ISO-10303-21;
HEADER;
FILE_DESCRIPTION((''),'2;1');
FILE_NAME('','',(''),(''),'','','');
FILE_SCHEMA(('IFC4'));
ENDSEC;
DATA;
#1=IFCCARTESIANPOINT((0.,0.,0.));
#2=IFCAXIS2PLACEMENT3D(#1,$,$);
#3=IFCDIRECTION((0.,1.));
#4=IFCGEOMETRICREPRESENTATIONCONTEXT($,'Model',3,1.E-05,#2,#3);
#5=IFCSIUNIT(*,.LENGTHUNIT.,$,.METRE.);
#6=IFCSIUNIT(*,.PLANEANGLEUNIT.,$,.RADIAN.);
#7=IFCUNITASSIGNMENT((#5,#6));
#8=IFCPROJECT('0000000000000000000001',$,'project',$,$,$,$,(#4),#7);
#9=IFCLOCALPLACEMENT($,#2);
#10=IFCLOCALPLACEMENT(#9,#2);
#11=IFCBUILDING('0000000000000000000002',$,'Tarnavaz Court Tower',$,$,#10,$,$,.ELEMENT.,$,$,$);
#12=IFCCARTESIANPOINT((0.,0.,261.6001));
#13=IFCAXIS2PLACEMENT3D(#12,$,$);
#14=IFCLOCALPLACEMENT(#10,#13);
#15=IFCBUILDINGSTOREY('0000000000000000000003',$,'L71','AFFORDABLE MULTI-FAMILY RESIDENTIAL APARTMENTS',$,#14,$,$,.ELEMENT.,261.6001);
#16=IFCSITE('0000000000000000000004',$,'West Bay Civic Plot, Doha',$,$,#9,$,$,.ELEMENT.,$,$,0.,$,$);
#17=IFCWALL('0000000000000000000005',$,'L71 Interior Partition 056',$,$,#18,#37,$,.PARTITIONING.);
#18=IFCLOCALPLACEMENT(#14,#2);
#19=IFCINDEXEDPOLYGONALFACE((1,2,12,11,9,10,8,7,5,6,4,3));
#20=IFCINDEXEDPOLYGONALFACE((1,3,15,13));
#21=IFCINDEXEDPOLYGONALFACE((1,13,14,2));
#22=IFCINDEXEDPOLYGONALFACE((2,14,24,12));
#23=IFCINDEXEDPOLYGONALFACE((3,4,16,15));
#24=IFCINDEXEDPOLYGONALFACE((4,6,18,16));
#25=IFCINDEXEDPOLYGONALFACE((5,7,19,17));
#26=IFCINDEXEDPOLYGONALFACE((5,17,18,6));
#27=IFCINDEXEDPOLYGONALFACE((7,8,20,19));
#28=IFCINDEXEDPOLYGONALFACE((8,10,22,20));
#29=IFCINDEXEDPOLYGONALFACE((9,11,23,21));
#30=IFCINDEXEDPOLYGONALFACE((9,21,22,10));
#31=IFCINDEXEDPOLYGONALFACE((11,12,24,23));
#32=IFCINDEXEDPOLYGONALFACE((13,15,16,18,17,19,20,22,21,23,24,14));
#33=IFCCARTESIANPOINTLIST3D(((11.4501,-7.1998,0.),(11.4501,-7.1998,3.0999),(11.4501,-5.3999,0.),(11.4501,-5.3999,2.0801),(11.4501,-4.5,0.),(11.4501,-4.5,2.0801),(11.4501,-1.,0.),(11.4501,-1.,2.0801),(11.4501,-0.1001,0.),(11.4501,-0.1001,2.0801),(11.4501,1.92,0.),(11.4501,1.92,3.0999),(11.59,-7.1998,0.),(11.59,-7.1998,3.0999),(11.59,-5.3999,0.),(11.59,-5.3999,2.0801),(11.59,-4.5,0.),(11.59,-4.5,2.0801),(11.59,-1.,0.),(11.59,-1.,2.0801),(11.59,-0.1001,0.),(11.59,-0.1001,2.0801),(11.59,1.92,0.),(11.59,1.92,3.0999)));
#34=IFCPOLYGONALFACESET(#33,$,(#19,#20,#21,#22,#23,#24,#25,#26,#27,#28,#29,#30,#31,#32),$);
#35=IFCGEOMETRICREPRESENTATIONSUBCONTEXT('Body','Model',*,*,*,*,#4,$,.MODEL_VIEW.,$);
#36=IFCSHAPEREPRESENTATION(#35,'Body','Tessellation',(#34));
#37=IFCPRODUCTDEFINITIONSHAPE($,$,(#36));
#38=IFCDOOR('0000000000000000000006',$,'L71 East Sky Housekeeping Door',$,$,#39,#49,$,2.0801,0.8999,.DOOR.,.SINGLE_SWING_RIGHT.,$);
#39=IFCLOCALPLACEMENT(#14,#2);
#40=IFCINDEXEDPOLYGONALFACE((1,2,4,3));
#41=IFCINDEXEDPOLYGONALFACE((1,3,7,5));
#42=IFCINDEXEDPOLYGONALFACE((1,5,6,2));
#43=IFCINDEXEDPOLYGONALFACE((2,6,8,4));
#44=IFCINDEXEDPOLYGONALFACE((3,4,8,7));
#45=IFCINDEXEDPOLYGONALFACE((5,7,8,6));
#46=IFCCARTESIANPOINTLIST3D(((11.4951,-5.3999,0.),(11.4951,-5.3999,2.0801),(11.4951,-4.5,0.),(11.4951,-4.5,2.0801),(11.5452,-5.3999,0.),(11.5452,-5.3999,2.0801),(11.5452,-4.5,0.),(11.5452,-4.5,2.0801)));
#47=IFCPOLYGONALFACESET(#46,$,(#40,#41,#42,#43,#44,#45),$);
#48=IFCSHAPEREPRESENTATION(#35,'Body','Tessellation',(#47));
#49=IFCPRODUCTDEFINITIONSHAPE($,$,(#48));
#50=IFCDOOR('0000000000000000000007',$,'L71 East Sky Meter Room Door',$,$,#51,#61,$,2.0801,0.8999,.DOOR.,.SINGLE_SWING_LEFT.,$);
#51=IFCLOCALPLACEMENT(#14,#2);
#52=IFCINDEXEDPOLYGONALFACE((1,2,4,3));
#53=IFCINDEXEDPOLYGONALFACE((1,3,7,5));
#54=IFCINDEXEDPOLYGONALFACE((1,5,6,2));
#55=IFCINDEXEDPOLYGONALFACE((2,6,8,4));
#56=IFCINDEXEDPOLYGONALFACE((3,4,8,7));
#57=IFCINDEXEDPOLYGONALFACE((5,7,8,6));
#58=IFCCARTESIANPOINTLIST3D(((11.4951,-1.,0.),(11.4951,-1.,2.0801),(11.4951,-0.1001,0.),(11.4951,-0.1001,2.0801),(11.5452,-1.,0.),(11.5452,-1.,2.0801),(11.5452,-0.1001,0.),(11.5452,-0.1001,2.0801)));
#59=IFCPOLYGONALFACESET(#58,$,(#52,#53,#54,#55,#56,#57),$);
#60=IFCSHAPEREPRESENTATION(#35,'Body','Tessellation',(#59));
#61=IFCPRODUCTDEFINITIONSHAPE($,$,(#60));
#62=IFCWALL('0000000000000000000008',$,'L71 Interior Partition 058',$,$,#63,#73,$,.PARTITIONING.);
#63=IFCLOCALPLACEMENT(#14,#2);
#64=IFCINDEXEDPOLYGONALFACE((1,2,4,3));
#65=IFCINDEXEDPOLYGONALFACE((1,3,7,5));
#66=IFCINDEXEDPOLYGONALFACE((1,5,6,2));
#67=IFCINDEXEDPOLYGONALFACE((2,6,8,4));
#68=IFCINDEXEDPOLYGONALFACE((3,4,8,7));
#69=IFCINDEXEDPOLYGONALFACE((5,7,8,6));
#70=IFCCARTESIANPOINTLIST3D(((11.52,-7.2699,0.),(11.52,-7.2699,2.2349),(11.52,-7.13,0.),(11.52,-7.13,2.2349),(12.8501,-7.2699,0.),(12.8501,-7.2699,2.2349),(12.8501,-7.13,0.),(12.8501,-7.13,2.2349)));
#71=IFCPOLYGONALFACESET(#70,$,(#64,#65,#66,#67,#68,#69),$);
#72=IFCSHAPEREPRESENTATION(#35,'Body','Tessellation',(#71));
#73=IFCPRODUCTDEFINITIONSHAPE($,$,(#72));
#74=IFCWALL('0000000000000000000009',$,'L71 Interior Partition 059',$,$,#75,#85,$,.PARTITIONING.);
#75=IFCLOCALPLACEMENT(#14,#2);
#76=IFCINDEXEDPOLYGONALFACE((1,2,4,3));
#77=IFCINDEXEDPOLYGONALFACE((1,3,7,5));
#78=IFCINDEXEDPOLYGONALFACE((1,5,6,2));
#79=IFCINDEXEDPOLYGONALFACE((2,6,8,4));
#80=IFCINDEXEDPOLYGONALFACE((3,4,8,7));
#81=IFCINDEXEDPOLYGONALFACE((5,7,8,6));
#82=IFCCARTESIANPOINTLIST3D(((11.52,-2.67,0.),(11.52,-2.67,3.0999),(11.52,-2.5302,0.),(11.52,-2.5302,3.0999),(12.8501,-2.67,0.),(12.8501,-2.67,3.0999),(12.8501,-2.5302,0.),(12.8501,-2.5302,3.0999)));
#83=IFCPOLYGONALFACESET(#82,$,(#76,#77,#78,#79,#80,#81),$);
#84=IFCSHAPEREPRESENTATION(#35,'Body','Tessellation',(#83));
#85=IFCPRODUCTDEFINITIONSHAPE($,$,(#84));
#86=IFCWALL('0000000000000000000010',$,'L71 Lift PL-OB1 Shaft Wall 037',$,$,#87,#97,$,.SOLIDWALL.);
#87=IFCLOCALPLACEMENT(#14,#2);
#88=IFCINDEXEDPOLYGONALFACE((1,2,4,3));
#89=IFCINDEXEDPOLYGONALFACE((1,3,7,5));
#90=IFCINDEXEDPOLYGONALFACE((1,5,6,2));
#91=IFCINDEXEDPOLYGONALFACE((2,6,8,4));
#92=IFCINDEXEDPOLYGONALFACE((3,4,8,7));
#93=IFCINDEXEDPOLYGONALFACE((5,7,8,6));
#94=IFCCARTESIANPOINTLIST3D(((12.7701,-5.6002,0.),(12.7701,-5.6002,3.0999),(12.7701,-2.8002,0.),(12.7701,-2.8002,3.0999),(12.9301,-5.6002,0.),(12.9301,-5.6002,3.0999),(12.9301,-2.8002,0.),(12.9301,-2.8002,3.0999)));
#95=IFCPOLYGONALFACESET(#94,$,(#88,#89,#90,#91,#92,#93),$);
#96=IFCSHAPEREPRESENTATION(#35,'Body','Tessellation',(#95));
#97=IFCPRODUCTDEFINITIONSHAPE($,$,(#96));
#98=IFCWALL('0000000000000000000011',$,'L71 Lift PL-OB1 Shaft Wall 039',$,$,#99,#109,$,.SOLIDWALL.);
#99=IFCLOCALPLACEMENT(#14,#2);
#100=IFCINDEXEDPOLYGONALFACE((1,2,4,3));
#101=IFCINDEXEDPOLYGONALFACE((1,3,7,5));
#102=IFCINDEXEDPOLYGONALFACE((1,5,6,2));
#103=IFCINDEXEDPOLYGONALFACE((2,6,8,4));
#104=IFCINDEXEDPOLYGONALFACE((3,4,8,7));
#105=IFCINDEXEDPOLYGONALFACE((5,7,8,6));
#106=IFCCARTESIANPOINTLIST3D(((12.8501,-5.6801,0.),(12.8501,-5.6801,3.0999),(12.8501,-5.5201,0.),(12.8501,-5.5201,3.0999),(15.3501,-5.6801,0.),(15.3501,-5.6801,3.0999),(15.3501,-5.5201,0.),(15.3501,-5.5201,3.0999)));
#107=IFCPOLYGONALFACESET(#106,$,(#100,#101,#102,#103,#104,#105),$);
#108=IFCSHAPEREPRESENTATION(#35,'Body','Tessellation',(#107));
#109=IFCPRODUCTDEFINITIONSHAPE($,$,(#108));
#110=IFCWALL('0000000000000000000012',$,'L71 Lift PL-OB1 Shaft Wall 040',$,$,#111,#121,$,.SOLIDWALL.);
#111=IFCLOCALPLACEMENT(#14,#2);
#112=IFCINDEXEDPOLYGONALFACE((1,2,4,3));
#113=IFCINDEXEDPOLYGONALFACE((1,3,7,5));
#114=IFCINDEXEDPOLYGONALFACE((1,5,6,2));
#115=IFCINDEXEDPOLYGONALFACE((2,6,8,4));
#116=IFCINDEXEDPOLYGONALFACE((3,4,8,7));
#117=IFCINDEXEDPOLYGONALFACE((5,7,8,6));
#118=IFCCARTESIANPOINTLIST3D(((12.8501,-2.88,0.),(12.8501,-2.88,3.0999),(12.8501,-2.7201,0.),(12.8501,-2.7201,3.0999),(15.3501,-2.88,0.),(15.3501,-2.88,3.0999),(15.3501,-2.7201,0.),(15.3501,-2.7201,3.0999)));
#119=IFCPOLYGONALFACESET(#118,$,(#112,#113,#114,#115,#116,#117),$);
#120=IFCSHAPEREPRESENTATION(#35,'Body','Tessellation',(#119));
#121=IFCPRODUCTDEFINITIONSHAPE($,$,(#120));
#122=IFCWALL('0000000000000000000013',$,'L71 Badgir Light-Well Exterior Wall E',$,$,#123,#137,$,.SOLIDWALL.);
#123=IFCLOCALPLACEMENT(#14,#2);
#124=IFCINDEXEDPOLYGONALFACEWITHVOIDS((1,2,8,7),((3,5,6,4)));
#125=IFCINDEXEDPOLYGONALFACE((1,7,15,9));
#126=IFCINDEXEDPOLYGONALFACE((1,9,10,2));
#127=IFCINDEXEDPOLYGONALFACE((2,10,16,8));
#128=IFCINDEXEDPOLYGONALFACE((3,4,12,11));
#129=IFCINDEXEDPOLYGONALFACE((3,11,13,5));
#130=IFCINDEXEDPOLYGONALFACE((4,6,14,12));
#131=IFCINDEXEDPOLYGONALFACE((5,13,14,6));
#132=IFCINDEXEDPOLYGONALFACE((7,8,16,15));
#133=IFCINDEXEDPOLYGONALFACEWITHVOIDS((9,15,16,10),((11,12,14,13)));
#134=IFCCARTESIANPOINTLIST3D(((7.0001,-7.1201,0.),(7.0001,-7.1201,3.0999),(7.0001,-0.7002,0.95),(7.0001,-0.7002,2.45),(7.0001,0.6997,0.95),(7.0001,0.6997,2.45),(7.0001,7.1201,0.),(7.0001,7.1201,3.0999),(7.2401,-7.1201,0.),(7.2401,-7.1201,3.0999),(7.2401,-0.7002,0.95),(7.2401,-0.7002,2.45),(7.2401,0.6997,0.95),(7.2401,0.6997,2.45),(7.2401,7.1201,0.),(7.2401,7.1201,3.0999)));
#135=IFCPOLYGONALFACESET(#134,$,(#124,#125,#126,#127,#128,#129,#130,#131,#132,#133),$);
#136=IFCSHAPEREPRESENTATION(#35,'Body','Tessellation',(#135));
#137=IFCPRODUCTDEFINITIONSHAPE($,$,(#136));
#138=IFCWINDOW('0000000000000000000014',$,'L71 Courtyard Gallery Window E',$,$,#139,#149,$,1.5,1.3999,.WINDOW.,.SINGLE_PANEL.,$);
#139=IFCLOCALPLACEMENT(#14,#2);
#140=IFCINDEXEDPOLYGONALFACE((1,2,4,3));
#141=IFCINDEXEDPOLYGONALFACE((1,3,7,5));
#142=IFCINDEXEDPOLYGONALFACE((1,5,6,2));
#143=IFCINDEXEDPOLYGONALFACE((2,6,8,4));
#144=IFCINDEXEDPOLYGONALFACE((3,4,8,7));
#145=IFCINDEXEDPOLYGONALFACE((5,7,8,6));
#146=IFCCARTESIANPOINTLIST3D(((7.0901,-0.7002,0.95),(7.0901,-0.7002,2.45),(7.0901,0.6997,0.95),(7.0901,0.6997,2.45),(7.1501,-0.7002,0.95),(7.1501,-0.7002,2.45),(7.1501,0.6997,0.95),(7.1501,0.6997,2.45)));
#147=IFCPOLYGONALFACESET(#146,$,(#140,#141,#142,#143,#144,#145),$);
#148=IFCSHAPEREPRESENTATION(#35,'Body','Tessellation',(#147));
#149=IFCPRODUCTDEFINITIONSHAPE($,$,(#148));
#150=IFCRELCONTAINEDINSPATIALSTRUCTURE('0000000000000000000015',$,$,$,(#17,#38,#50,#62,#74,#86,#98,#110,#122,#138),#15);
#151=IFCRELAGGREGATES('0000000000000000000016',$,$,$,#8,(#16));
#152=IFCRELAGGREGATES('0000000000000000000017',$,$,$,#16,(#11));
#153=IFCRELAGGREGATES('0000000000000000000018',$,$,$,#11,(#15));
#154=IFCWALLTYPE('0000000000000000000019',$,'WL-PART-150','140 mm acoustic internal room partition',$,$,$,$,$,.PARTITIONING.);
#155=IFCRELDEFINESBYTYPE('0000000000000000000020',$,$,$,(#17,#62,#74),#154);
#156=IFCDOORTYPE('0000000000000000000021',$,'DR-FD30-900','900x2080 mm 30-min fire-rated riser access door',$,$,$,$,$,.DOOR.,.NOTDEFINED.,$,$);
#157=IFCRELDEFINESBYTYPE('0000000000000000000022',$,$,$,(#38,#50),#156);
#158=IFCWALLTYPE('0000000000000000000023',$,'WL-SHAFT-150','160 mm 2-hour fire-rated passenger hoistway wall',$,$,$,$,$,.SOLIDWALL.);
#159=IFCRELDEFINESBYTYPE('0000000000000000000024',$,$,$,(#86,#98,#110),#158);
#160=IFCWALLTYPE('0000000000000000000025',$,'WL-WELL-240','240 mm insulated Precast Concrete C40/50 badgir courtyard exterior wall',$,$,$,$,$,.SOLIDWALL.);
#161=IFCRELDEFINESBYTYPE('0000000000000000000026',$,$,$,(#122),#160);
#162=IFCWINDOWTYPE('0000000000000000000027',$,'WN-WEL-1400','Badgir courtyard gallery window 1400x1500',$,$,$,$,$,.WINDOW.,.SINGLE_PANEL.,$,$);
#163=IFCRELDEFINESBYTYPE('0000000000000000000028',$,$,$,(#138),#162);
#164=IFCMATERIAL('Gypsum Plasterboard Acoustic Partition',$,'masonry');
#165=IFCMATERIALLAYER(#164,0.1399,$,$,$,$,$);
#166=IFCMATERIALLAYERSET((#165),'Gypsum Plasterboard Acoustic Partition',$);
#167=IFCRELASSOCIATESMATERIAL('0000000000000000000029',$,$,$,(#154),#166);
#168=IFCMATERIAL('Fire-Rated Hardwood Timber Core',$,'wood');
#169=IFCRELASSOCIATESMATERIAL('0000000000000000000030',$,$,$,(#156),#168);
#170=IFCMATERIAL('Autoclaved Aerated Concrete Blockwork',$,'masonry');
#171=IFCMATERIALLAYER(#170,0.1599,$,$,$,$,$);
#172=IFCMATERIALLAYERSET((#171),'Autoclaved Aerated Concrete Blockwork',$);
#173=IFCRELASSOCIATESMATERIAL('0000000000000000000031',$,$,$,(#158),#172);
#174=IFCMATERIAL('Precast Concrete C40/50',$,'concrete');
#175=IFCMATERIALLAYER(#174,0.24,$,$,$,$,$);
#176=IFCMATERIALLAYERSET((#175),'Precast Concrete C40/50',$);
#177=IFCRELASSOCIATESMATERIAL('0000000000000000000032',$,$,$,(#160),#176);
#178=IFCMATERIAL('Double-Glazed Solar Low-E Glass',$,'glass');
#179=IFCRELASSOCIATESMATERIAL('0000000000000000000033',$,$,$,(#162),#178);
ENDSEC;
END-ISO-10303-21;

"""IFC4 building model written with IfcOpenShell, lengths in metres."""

from ifc_helpers import new_model, si_unit, direction, frame, frame_2d, origin, place, context, subcontext, project, spatial, rectangle, extrude, material, layer, layer_set, type_object, element, fill, save


model = new_model("IFC4")

# Units and contexts
model_context = context("Model", 3, precision=1e-05, world=origin(), true_north=direction((0.0, 1.0)))
body_context = subcontext(model_context, "Body", "Model", "MODEL_VIEW")
ifc_project = project(units=[si_unit("LENGTHUNIT", "METRE"), si_unit("PLANEANGLEUNIT", "RADIAN")], contexts=[model_context])

# Site, building, storey
site_placement = place(None, origin())
site = spatial("IfcSite", under=ifc_project, at=site_placement, Name="West Bay Civic Plot, Doha", CompositionType="ELEMENT", RefElevation=0.0)
building_placement = place(site_placement, origin())
building = spatial("IfcBuilding", under=site, at=building_placement, Name="Tarnavaz Court Tower", CompositionType="ELEMENT")
storey_placement = place(building_placement, frame((0.0, 0.0, 261.6001)))
storey = spatial("IfcBuildingStorey", under=building, at=storey_placement, Name="L71", Description="AFFORDABLE MULTI-FAMILY RESIDENTIAL APARTMENTS", CompositionType="ELEMENT", Elevation=261.6001)

# Shared definitions
ifc_material_1 = material(Name="Fire-Rated Hardwood Timber Core", Category="wood")

# Shared definitions
ifc_material_2 = material(Name="Gypsum Plasterboard Acoustic Partition", Category="masonry")
ifc_layer_1 = layer(ifc_material_2, 0.1399)
ifc_layer_set_1 = layer_set([ifc_layer_1], Name="Gypsum Plasterboard Acoustic Partition")
wall_type_1 = type_object("IfcWallType", Name="WL-PART-150", Description="140 mm acoustic internal room partition", PredefinedType="PARTITIONING", material=ifc_layer_set_1)

# Wall, openings, doors
wall_1_placement = place(storey_placement, frame((11.52, -7.2, 0.0), z_axis=(0.0, 0.0, 1.0), x_axis=(0.0, 1.0, 0.0)))
wall_1 = element("IfcWall", 1, at=wall_1_placement, inside=storey, type_object=wall_type_1, Name="L71 Interior Partition 056", PredefinedType="PARTITIONING", context=body_context, shape_type="SweptSolid", body=[
    extrude(rectangle(XDim=9.1199, YDim=0.1399, at=frame_2d((4.5601, 0.0))), origin(), (0.0, 0.0, 1.0), 3.0999),
])
opening_1_placement = place(wall_1_placement, frame((1.8, 0.0, 0.0)))
opening_1 = element("IfcOpeningElement", 2, at=opening_1_placement, cuts=wall_1, PredefinedType="OPENING", context=body_context, shape_type="SweptSolid", body=[
    extrude(rectangle(XDim=0.8999, YDim=2.0801, at=frame_2d((0.45, 1.04))), frame((0.0, 0.0798, 0.0), z_axis=(0.0, -1.0, 0.0), x_axis=(1.0, 0.0, 0.0)), (0.0, 0.0, 1.0), 0.1599),
])
opening_2_placement = place(wall_1_placement, frame((6.2, 0.0, 0.0)))
opening_2 = element("IfcOpeningElement", 3, at=opening_2_placement, cuts=wall_1, PredefinedType="OPENING", context=body_context, shape_type="SweptSolid", body=[
    extrude(rectangle(XDim=0.8999, YDim=2.0801, at=frame_2d((0.45, 1.04))), frame((0.0, 0.0798, 0.0), z_axis=(0.0, -1.0, 0.0), x_axis=(1.0, 0.0, 0.0)), (0.0, 0.0, 1.0), 0.1599),
])
door_type_1 = type_object("IfcDoorType", Name="DR-FD30-900", Description="900x2080 mm 30-min fire-rated riser access door", OperationType="NOTDEFINED", PredefinedType="DOOR", material=ifc_material_1)
door_1_placement = place(opening_1_placement, origin())
door_1 = element("IfcDoor", 4, at=door_1_placement, inside=storey, type_object=door_type_1, Name="L71 East Sky Housekeeping Door", OperationType="SINGLE_SWING_RIGHT", OverallHeight=2.0801, OverallWidth=0.8999, PredefinedType="DOOR", context=body_context, shape_type="SweptSolid", body=[
    extrude(rectangle(XDim=0.8999, YDim=2.0801, at=frame_2d((0.45, 1.04))), frame((0.0, 0.0249, 0.0), z_axis=(0.0, -1.0, 0.0), x_axis=(1.0, 0.0, 0.0)), (0.0, 0.0, 1.0), 0.05),
])
fill(opening_1, door_1)
door_2_placement = place(opening_2_placement, origin())
door_2 = element("IfcDoor", 5, at=door_2_placement, inside=storey, type_object=door_type_1, Name="L71 East Sky Meter Room Door", OperationType="SINGLE_SWING_LEFT", OverallHeight=2.0801, OverallWidth=0.8999, PredefinedType="DOOR", context=body_context, shape_type="SweptSolid", body=[
    extrude(rectangle(XDim=0.8999, YDim=2.0801, at=frame_2d((0.45, 1.04))), frame((0.0, 0.0249, 0.0), z_axis=(0.0, -1.0, 0.0), x_axis=(1.0, 0.0, 0.0)), (0.0, 0.0, 1.0), 0.05),
])
fill(opening_2, door_2)

# Walls
wall_2_placement = place(storey_placement, frame((11.52, -7.2, 0.0), z_axis=(0.0, 0.0, 1.0), x_axis=(1.0, 0.0, 0.0)))
element("IfcWall", 6, at=wall_2_placement, inside=storey, type_object=wall_type_1, Name="L71 Interior Partition 058", PredefinedType="PARTITIONING", context=body_context, shape_type="SweptSolid", body=[
    extrude(rectangle(XDim=1.3301, YDim=0.1399, at=frame_2d((0.665, 0.0))), origin(), (0.0, 0.0, 1.0), 2.2349),
])
wall_3_placement = place(storey_placement, frame((11.52, -2.6001, 0.0), z_axis=(0.0, 0.0, 1.0), x_axis=(1.0, 0.0, 0.0)))
element("IfcWall", 7, at=wall_3_placement, inside=storey, type_object=wall_type_1, Name="L71 Interior Partition 059", PredefinedType="PARTITIONING", context=body_context, shape_type="SweptSolid", body=[
    extrude(rectangle(XDim=1.3301, YDim=0.1399, at=frame_2d((0.665, 0.0))), origin(), (0.0, 0.0, 1.0), 3.0999),
])
ifc_material_3 = material(Name="Autoclaved Aerated Concrete Blockwork", Category="masonry")
ifc_layer_2 = layer(ifc_material_3, 0.1599)
ifc_layer_set_2 = layer_set([ifc_layer_2], Name="Autoclaved Aerated Concrete Blockwork")
wall_type_2 = type_object("IfcWallType", Name="WL-SHAFT-150", Description="160 mm 2-hour fire-rated passenger hoistway wall", PredefinedType="SOLIDWALL", material=ifc_layer_set_2)
wall_4_placement = place(storey_placement, frame((12.8501, -5.6001, 0.0), z_axis=(0.0, 0.0, 1.0), x_axis=(0.0, 1.0, 0.0)))
element("IfcWall", 8, at=wall_4_placement, inside=storey, type_object=wall_type_2, Name="L71 Lift PL-OB1 Shaft Wall 037", PredefinedType="SOLIDWALL", context=body_context, shape_type="SweptSolid", body=[
    extrude(rectangle(XDim=2.8, YDim=0.1599, at=frame_2d((1.3999, 0.0))), origin(), (0.0, 0.0, 1.0), 3.0999),
])
for number, where, z_axis, x_axis, name in (
    (9, (12.8501, -5.6001, 0.0), (0.0, 0.0, 1.0), (1.0, 0.0, 0.0), "L71 Lift PL-OB1 Shaft Wall 039"),
    (10, (12.8501, -2.8, 0.0), (0.0, 0.0, 1.0), (1.0, 0.0, 0.0), "L71 Lift PL-OB1 Shaft Wall 040"),
):
    element("IfcWall", number, at=place(storey_placement, frame(where, z_axis=z_axis, x_axis=x_axis)), inside=storey, type_object=wall_type_2, Name=name, PredefinedType="SOLIDWALL", context=body_context, shape_type="SweptSolid", body=[
        extrude(rectangle(XDim=2.5, YDim=0.1599, at=frame_2d((1.25, 0.0))), origin(), (0.0, 0.0, 1.0), 3.0999),
    ])

# Wall, opening, window
ifc_material_4 = material(Name="Precast Concrete C40/50", Category="concrete")
ifc_layer_3 = layer(ifc_material_4, 0.24)
ifc_layer_set_3 = layer_set([ifc_layer_3], Name="Precast Concrete C40/50")
wall_type_3 = type_object("IfcWallType", Name="WL-WELL-240", Description="240 mm insulated Precast Concrete C40/50 badgir courtyard exterior wall", PredefinedType="SOLIDWALL", material=ifc_layer_set_3)
wall_5_placement = place(storey_placement, frame((7.1201, -7.1201, 0.0), z_axis=(0.0, 0.0, 1.0), x_axis=(0.0, 1.0, 0.0)))
wall_5 = element("IfcWall", 11, at=wall_5_placement, inside=storey, type_object=wall_type_3, Name="L71 Badgir Light-Well Exterior Wall E", PredefinedType="SOLIDWALL", context=body_context, shape_type="SweptSolid", body=[
    extrude(rectangle(XDim=14.2402, YDim=0.24, at=frame_2d((7.1201, 0.0))), origin(), (0.0, 0.0, 1.0), 3.0999),
])
opening_3_placement = place(wall_5_placement, frame((6.4199, 0.0, 0.95)))
opening_3 = element("IfcOpeningElement", 12, at=opening_3_placement, cuts=wall_5, PredefinedType="OPENING", context=body_context, shape_type="SweptSolid", body=[
    extrude(rectangle(XDim=1.3999, YDim=1.5, at=frame_2d((0.7, 0.75))), frame((0.0, 0.1299, 0.0), z_axis=(0.0, -1.0, 0.0), x_axis=(1.0, 0.0, 0.0)), (0.0, 0.0, 1.0), 0.26),
])
ifc_material_5 = material(Name="Double-Glazed Solar Low-E Glass", Category="glass")
window_type = type_object("IfcWindowType", Name="WN-WEL-1400", Description="Badgir courtyard gallery window 1400x1500", PartitioningType="SINGLE_PANEL", PredefinedType="WINDOW", material=ifc_material_5)
window_placement = place(opening_3_placement, origin())
window = element("IfcWindow", 13, at=window_placement, inside=storey, type_object=window_type, Name="L71 Courtyard Gallery Window E", OverallHeight=1.5, OverallWidth=1.3999, PartitioningType="SINGLE_PANEL", PredefinedType="WINDOW", context=body_context, shape_type="SweptSolid", body=[
    extrude(rectangle(XDim=1.3999, YDim=1.5, at=frame_2d((0.7, 0.75))), frame((0.0, 0.03, 0.0), z_axis=(0.0, -1.0, 0.0), x_axis=(1.0, 0.0, 0.0)), (0.0, 0.0, 1.0), 0.0601),
])
fill(opening_3, window)

save(model, "model.ifc")
